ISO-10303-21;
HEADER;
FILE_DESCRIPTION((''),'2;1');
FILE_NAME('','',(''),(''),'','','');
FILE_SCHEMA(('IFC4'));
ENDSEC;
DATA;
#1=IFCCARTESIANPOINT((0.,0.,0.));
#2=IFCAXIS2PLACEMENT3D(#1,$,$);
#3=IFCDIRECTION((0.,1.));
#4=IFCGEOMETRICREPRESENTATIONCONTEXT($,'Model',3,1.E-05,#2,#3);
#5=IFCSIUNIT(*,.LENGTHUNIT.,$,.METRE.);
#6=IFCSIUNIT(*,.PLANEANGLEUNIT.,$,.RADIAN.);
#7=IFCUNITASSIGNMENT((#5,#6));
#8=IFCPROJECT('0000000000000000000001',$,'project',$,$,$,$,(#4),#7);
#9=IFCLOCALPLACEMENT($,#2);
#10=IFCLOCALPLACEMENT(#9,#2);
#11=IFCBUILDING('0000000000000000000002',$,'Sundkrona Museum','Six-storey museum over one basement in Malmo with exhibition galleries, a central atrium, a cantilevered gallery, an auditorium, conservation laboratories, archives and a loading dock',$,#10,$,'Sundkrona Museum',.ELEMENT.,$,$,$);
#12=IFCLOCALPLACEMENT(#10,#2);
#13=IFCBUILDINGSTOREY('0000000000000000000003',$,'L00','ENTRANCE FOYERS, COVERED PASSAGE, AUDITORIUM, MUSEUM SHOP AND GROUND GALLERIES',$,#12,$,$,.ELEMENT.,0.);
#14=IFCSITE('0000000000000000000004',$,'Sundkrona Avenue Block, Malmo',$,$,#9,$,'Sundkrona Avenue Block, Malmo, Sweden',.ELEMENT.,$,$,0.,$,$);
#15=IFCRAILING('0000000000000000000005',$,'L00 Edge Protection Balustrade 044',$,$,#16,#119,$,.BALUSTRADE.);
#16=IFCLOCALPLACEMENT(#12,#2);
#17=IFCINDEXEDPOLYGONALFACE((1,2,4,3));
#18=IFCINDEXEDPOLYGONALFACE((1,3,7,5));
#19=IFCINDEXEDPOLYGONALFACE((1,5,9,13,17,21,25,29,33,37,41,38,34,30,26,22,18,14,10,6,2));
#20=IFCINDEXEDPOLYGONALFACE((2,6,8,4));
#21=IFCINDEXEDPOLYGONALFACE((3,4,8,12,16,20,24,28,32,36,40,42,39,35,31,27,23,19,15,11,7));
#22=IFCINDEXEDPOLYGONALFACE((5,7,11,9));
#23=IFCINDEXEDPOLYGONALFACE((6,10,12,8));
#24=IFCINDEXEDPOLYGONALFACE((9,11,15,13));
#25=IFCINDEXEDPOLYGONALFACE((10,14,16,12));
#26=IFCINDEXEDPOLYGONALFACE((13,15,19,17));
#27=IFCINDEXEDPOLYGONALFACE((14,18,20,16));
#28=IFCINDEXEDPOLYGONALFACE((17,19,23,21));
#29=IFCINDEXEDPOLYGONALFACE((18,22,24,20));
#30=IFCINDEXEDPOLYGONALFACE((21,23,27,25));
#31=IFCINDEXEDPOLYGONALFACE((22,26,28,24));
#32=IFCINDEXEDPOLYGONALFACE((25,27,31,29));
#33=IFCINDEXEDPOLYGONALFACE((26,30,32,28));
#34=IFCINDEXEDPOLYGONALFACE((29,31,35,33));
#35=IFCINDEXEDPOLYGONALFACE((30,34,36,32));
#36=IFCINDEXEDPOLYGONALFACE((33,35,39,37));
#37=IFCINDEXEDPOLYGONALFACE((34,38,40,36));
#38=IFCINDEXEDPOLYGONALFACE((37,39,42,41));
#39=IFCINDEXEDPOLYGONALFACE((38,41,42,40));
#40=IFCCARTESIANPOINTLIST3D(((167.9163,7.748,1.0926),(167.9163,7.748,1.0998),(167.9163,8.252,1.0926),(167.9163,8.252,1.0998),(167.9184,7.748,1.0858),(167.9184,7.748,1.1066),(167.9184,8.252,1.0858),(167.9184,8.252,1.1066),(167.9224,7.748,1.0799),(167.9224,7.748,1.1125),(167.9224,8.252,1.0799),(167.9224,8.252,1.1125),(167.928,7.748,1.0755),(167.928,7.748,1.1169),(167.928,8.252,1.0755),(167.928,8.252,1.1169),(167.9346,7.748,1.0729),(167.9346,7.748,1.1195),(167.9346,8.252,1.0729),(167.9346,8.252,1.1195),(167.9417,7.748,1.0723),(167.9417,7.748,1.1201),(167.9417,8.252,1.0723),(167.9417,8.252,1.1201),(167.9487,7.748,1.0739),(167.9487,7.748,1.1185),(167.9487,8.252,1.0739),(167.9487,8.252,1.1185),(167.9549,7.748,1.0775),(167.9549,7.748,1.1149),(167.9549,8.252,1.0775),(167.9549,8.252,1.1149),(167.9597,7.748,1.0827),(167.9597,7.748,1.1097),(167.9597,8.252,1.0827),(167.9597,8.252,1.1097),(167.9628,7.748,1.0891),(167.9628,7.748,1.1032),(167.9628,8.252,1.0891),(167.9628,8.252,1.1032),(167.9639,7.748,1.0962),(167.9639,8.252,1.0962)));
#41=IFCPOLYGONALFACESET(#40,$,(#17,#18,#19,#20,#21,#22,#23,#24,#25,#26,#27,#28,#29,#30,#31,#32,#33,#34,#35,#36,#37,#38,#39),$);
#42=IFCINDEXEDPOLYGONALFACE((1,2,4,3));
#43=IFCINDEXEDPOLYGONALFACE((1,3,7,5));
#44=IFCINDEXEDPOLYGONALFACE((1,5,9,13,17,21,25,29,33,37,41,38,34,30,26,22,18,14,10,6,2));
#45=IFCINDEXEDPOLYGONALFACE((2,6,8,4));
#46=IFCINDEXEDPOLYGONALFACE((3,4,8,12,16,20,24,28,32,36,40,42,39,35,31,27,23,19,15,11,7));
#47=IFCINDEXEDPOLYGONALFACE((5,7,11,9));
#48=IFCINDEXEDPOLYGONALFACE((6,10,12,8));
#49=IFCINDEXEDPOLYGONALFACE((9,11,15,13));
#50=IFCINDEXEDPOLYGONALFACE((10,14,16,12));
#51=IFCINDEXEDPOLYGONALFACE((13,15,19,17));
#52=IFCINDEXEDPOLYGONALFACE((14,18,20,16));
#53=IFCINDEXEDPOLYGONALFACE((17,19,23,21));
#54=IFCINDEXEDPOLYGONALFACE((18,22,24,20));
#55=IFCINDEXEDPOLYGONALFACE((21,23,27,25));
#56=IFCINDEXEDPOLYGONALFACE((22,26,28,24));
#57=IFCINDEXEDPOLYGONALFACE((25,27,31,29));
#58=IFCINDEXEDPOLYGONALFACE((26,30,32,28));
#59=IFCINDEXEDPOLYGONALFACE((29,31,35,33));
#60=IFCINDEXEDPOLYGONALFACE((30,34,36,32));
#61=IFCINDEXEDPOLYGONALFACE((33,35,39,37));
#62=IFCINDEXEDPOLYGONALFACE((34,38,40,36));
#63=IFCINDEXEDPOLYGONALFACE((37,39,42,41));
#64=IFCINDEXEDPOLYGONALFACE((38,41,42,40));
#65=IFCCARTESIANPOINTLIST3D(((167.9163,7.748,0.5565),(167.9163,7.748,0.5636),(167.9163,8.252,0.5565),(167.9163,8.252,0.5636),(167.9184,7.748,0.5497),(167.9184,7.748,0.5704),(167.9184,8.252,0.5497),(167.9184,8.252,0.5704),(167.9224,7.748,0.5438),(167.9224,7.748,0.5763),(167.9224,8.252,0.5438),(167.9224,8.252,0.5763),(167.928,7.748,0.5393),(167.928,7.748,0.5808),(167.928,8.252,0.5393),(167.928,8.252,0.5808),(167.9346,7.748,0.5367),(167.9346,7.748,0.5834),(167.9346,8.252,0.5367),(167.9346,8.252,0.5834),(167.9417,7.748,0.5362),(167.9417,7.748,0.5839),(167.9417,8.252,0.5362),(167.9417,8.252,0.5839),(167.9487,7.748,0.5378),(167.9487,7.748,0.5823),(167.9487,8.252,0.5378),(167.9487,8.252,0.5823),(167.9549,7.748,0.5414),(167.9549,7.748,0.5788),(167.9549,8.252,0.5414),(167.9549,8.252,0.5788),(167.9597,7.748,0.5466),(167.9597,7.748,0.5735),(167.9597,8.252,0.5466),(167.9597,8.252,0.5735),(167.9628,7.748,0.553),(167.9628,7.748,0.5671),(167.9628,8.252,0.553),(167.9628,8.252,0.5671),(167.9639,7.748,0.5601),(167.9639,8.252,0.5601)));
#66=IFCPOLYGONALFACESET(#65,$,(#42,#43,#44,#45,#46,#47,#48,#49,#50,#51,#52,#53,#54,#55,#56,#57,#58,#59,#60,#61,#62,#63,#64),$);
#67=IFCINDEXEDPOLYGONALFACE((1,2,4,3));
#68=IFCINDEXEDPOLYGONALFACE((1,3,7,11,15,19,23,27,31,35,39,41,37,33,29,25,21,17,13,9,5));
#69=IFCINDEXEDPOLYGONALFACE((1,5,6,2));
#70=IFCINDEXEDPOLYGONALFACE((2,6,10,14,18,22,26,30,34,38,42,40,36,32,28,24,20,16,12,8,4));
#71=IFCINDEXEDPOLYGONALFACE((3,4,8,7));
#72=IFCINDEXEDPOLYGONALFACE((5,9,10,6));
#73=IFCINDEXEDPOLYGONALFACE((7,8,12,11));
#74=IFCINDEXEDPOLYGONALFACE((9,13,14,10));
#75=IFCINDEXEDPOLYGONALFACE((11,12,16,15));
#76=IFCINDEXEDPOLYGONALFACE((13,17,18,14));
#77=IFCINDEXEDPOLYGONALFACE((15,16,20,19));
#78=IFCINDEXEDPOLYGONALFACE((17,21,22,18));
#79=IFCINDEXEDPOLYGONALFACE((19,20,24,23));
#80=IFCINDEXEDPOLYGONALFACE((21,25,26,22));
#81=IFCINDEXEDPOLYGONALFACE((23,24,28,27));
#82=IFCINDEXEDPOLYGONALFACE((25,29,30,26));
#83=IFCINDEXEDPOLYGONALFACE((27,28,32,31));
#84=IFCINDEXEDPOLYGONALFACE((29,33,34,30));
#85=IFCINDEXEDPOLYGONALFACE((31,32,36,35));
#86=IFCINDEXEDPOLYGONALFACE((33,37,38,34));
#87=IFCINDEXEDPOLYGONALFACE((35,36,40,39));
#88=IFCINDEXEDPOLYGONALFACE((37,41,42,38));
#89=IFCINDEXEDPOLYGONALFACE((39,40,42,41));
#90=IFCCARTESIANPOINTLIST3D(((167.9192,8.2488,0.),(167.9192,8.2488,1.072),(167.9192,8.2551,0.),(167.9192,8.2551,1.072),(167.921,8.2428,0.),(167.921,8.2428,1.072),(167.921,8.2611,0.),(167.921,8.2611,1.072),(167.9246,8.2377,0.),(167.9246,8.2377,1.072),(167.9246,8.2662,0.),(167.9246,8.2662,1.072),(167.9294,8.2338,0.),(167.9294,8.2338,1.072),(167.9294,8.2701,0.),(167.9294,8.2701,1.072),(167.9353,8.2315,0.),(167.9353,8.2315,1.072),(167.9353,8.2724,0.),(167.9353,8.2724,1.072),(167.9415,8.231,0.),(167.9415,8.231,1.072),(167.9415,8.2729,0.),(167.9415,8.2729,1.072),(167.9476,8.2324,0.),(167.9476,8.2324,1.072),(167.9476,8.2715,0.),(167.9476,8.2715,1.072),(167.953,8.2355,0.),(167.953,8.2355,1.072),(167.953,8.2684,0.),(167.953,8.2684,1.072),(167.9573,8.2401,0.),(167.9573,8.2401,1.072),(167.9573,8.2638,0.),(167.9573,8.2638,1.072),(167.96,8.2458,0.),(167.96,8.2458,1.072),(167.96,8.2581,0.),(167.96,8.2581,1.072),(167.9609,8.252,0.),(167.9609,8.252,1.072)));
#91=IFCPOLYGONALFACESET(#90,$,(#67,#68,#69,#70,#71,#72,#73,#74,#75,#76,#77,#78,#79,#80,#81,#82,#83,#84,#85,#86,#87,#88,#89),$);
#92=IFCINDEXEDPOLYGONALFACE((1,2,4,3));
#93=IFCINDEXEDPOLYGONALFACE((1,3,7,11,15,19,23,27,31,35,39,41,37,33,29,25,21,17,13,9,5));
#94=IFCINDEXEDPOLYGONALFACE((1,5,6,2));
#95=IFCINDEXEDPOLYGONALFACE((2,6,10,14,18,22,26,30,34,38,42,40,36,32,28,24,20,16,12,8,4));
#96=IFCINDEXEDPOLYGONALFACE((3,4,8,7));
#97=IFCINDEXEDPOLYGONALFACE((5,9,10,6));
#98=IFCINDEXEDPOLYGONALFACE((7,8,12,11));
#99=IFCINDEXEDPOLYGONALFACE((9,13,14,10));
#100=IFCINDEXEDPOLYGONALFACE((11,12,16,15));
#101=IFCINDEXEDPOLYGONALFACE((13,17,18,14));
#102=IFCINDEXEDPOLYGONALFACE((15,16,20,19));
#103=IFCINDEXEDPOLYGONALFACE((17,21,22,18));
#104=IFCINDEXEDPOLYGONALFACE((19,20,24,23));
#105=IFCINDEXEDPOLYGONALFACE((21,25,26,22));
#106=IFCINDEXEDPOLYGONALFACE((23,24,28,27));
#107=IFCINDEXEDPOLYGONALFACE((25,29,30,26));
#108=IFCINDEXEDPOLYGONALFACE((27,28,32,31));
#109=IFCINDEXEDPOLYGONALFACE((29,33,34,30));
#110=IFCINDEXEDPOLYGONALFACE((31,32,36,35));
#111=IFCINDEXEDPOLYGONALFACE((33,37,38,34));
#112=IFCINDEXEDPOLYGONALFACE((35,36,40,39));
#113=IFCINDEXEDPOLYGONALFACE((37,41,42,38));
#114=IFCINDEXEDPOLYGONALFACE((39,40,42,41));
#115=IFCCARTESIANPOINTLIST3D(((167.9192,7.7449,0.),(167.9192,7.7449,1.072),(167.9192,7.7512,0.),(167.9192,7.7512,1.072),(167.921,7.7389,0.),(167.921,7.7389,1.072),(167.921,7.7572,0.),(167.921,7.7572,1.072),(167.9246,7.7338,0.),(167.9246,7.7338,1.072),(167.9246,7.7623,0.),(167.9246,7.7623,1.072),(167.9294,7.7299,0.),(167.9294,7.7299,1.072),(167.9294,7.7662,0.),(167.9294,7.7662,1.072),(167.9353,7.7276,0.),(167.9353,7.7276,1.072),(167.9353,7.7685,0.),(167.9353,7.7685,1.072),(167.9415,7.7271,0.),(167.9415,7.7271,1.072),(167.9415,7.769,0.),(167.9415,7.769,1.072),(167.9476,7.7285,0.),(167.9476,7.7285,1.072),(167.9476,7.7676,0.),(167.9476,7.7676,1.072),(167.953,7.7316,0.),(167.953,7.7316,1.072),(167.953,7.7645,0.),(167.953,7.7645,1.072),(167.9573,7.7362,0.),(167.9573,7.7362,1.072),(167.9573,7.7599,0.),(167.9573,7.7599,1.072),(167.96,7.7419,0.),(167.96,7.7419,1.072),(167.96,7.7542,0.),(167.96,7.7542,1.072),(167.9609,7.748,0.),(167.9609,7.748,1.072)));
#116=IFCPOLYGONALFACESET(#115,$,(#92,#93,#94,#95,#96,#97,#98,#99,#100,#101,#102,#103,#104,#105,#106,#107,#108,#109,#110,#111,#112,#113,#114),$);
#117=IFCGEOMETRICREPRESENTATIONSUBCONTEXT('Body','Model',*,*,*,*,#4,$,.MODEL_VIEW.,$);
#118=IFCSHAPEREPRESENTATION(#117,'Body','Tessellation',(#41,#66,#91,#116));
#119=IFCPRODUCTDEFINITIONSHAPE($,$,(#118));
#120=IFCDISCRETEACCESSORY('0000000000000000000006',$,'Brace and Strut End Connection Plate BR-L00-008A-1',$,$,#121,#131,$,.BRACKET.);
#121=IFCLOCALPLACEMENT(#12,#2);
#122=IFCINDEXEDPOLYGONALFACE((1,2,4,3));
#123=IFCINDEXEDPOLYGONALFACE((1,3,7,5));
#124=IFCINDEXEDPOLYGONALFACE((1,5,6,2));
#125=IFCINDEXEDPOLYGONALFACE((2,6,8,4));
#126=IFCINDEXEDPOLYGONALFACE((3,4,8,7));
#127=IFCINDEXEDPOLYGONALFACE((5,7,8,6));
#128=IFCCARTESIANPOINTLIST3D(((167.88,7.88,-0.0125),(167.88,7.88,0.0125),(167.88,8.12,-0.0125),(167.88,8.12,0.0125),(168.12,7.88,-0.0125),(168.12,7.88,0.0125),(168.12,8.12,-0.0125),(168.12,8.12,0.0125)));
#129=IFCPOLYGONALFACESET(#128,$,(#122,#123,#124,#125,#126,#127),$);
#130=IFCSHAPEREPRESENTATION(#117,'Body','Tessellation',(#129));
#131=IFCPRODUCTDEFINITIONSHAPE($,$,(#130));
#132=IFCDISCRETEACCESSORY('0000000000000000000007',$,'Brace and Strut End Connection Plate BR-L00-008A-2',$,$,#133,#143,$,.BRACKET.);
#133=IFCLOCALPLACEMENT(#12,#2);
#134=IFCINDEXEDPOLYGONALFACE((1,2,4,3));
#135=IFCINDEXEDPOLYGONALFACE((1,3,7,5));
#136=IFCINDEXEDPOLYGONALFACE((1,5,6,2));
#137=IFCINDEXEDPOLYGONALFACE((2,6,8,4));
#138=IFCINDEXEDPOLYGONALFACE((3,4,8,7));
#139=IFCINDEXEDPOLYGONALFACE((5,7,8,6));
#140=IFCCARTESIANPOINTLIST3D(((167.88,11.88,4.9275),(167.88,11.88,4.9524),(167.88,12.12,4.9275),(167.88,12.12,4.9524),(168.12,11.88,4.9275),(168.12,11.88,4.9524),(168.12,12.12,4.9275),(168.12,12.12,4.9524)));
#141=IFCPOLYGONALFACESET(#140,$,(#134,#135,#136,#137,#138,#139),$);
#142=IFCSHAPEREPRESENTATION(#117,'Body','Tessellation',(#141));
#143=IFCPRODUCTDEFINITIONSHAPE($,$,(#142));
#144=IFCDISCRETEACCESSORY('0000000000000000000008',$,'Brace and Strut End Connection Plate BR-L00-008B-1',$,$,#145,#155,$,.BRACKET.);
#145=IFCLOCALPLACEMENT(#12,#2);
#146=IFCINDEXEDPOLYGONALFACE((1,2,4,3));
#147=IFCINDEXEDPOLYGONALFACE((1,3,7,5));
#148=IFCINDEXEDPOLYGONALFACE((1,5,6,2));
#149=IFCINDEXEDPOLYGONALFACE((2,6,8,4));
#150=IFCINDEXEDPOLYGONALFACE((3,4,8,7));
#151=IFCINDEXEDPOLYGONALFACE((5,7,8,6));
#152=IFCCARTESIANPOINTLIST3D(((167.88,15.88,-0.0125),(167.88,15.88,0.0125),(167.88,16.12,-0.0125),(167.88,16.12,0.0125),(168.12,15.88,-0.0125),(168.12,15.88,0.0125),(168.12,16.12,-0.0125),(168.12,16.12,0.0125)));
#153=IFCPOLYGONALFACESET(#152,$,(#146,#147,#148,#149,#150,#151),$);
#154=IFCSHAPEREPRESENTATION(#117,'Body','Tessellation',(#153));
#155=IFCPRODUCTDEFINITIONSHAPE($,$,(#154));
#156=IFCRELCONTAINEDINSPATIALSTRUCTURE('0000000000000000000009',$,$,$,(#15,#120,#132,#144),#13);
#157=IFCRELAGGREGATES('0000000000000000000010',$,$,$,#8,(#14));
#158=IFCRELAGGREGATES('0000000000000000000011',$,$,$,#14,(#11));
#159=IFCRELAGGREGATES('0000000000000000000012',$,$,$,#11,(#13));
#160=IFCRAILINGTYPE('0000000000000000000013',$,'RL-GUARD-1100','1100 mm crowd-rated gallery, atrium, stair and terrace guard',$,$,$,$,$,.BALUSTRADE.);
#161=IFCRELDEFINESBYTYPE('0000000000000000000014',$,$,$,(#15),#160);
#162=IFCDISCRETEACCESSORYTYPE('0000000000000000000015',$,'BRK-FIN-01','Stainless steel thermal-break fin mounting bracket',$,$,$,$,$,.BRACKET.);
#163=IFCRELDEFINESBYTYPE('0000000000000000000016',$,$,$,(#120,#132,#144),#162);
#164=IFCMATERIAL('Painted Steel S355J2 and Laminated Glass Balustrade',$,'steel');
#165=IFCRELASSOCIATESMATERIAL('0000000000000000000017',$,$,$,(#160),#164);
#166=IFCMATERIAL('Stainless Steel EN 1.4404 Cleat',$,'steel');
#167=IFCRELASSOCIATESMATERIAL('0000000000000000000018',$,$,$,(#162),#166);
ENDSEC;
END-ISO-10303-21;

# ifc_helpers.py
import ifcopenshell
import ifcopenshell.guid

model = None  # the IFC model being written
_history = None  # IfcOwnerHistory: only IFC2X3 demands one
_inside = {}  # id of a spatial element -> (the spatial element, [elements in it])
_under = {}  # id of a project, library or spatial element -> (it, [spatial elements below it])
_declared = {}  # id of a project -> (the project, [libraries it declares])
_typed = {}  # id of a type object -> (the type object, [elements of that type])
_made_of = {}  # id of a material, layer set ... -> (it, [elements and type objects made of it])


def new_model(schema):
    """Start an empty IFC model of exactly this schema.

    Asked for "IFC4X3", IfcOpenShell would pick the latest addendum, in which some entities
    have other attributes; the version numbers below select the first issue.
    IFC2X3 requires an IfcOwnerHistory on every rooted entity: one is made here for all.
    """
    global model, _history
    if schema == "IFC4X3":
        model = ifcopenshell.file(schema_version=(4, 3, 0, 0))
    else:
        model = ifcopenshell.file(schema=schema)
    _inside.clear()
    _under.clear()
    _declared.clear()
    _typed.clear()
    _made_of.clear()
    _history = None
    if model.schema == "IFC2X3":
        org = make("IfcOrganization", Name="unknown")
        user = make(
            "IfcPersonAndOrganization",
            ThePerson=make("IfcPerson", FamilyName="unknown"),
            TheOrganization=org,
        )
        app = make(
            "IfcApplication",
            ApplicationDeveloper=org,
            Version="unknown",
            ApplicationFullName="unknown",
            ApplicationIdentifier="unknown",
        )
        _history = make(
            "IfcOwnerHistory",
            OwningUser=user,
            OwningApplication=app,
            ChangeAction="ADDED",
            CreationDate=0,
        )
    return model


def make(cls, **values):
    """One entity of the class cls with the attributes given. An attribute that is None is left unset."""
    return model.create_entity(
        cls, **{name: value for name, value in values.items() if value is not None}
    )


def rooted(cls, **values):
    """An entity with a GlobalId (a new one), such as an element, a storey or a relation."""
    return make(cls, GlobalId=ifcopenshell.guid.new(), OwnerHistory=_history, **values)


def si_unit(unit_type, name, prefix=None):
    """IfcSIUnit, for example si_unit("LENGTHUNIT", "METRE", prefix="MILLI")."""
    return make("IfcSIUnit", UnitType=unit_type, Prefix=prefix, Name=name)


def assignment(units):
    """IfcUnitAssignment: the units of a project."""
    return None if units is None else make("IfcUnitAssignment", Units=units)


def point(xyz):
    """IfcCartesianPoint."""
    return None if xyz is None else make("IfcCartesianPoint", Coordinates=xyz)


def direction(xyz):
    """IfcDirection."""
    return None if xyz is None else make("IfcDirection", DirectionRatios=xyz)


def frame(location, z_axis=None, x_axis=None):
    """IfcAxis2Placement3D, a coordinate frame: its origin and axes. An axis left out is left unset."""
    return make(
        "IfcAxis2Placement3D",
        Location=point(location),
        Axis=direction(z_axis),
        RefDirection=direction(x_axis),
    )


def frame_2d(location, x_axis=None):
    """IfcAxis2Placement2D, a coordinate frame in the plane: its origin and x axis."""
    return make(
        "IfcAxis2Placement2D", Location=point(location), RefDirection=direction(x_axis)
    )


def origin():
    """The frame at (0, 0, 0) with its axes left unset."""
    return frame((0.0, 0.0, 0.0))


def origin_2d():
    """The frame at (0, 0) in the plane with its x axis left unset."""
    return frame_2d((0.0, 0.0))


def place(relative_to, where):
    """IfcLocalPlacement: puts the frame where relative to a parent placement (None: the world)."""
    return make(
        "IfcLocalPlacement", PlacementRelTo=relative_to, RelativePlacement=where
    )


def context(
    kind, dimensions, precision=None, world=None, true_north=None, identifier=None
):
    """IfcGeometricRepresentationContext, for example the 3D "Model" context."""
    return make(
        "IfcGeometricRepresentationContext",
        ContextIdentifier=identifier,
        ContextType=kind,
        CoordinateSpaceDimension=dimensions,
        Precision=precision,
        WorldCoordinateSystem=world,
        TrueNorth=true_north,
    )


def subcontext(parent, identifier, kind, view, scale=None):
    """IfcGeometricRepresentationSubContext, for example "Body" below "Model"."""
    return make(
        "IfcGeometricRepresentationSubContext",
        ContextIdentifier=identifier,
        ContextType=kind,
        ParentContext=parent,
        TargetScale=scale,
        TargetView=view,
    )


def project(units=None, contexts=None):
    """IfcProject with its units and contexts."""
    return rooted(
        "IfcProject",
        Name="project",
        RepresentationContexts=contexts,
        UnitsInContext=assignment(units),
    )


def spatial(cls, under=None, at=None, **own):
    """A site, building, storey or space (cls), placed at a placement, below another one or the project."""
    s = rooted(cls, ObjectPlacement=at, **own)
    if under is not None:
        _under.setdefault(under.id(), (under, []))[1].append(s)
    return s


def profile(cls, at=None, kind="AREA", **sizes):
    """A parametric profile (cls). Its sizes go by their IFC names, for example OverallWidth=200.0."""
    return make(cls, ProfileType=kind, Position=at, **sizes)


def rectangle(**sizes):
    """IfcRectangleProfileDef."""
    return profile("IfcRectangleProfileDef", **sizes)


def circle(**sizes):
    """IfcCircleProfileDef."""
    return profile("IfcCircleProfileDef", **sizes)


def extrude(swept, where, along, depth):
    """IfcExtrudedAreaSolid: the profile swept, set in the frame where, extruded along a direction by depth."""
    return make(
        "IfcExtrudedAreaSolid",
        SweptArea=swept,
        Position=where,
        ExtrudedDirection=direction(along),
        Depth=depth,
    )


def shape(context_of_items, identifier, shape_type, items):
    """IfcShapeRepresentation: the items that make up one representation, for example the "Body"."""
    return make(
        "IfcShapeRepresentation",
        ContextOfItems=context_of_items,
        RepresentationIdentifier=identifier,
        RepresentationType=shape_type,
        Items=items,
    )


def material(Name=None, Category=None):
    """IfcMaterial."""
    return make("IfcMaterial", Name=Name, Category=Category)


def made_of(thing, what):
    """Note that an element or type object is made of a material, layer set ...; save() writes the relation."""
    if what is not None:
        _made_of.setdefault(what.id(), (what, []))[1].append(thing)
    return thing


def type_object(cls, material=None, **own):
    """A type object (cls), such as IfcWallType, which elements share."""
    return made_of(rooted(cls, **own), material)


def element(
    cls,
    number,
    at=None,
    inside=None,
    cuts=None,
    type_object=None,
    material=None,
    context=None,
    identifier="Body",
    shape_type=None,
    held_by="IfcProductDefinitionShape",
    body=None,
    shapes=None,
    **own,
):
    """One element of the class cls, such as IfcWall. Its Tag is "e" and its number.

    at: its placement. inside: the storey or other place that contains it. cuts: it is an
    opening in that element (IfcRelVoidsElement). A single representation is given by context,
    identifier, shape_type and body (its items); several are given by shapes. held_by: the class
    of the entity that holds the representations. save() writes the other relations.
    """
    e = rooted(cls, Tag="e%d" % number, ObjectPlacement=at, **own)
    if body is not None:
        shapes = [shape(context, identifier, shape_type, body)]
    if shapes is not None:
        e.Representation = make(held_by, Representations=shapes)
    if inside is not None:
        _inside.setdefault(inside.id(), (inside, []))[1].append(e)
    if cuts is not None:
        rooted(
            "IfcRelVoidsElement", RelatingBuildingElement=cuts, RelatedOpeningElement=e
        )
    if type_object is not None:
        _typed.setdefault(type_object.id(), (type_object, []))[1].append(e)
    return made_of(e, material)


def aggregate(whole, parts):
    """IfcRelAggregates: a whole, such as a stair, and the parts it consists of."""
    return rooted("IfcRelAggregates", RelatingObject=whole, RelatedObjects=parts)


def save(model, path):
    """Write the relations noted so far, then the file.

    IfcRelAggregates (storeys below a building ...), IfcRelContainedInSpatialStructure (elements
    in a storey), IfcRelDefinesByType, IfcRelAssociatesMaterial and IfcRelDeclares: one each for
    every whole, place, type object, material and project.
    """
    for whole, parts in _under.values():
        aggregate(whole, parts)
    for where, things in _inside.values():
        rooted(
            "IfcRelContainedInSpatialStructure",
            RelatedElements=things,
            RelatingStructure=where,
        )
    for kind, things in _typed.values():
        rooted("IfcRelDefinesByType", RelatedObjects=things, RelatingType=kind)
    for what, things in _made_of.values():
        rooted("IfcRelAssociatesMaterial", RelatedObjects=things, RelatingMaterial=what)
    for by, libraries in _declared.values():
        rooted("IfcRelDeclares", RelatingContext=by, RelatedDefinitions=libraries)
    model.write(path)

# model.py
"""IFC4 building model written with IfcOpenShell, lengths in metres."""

from ifc_helpers import new_model, si_unit, direction, frame, origin, origin_2d, place, context, subcontext, project, spatial, rectangle, circle, extrude, material, type_object, element, save


model = new_model("IFC4")

# Units and contexts
model_context = context("Model", 3, precision=1e-05, world=origin(), true_north=direction((0.0, 1.0)))
body_context = subcontext(model_context, "Body", "Model", "MODEL_VIEW")
ifc_project = project(units=[si_unit("LENGTHUNIT", "METRE"), si_unit("PLANEANGLEUNIT", "RADIAN")], contexts=[model_context])

# Site, building, storey
site_placement = place(None, origin())
site = spatial("IfcSite", under=ifc_project, at=site_placement, Name="Sundkrona Avenue Block, Malmo", LongName="Sundkrona Avenue Block, Malmo, Sweden", CompositionType="ELEMENT", RefElevation=0.0)
building_placement = place(site_placement, origin())
building = spatial("IfcBuilding", under=site, at=building_placement, Name="Sundkrona Museum", Description="Six-storey museum over one basement in Malmo with exhibition galleries, a central atrium, a cantilevered gallery, an auditorium, conservation laboratories, archives and a loading dock", LongName="Sundkrona Museum", CompositionType="ELEMENT")
storey_placement = place(building_placement, origin())
storey = spatial("IfcBuildingStorey", under=building, at=storey_placement, Name="L00", Description="ENTRANCE FOYERS, COVERED PASSAGE, AUDITORIUM, MUSEUM SHOP AND GROUND GALLERIES", CompositionType="ELEMENT", Elevation=0.0)

# Railing
ifc_material_1 = material(Name="Painted Steel S355J2 and Laminated Glass Balustrade", Category="steel")
railing_type = type_object("IfcRailingType", Name="RL-GUARD-1100", Description="1100 mm crowd-rated gallery, atrium, stair and terrace guard", PredefinedType="BALUSTRADE", material=ifc_material_1)
railing_placement = place(storey_placement, frame((167.9399, 8.252, 0.0)))
element("IfcRailing", 1, at=railing_placement, inside=storey, type_object=railing_type, Name="L00 Edge Protection Balustrade 044", PredefinedType="BALUSTRADE", context=body_context, shape_type="SweptSolid", body=[
    extrude(circle(Radius=0.0239, at=origin_2d()), frame((0.0, 0.0, 1.0962), z_axis=(0.0, -1.0, 0.0), x_axis=(1.0, 0.0, 0.0)), (0.0, 0.0, 1.0), 0.5039),
    extrude(circle(Radius=0.0239, at=origin_2d()), frame((0.0, 0.0, 0.5601), z_axis=(0.0, -1.0, 0.0), x_axis=(1.0, 0.0, 0.0)), (0.0, 0.0, 1.0), 0.5039),
    extrude(circle(Radius=0.021, at=origin_2d()), origin(), (0.0, 0.0, 1.0), 1.072),
    extrude(circle(Radius=0.021, at=origin_2d()), frame((0.0, -0.5039, 0.0)), (0.0, 0.0, 1.0), 1.072),
])

# Discrete accessories
ifc_material_2 = material(Name="Stainless Steel EN 1.4404 Cleat", Category="steel")
discrete_accessory_type = type_object("IfcDiscreteAccessoryType", Name="BRK-FIN-01", Description="Stainless steel thermal-break fin mounting bracket", PredefinedType="BRACKET", material=ifc_material_2)
for number, where, z_axis, x_axis, name in (
    (2, (168.0, 8.0, -0.0125), (0.0, 0.0, 1.0), (1.0, 0.0, 0.0), "Brace and Strut End Connection Plate BR-L00-008A-1"),
    (3, (168.0, 12.0, 4.9275), (0.0, 0.0, 1.0), (1.0, 0.0, 0.0), "Brace and Strut End Connection Plate BR-L00-008A-2"),
    (4, (168.0, 16.0, -0.0125), (0.0, 0.0, 1.0), (1.0, 0.0, 0.0), "Brace and Strut End Connection Plate BR-L00-008B-1"),
):
    element("IfcDiscreteAccessory", number, at=place(storey_placement, frame(where, z_axis=z_axis, x_axis=x_axis)), inside=storey, type_object=discrete_accessory_type, Name=name, PredefinedType="BRACKET", context=body_context, shape_type="SweptSolid", body=[
        extrude(rectangle(XDim=0.24, YDim=0.24, at=origin_2d()), origin(), (0.0, 0.0, 1.0), 0.0249),
    ])

save(model, "model.ifc")
